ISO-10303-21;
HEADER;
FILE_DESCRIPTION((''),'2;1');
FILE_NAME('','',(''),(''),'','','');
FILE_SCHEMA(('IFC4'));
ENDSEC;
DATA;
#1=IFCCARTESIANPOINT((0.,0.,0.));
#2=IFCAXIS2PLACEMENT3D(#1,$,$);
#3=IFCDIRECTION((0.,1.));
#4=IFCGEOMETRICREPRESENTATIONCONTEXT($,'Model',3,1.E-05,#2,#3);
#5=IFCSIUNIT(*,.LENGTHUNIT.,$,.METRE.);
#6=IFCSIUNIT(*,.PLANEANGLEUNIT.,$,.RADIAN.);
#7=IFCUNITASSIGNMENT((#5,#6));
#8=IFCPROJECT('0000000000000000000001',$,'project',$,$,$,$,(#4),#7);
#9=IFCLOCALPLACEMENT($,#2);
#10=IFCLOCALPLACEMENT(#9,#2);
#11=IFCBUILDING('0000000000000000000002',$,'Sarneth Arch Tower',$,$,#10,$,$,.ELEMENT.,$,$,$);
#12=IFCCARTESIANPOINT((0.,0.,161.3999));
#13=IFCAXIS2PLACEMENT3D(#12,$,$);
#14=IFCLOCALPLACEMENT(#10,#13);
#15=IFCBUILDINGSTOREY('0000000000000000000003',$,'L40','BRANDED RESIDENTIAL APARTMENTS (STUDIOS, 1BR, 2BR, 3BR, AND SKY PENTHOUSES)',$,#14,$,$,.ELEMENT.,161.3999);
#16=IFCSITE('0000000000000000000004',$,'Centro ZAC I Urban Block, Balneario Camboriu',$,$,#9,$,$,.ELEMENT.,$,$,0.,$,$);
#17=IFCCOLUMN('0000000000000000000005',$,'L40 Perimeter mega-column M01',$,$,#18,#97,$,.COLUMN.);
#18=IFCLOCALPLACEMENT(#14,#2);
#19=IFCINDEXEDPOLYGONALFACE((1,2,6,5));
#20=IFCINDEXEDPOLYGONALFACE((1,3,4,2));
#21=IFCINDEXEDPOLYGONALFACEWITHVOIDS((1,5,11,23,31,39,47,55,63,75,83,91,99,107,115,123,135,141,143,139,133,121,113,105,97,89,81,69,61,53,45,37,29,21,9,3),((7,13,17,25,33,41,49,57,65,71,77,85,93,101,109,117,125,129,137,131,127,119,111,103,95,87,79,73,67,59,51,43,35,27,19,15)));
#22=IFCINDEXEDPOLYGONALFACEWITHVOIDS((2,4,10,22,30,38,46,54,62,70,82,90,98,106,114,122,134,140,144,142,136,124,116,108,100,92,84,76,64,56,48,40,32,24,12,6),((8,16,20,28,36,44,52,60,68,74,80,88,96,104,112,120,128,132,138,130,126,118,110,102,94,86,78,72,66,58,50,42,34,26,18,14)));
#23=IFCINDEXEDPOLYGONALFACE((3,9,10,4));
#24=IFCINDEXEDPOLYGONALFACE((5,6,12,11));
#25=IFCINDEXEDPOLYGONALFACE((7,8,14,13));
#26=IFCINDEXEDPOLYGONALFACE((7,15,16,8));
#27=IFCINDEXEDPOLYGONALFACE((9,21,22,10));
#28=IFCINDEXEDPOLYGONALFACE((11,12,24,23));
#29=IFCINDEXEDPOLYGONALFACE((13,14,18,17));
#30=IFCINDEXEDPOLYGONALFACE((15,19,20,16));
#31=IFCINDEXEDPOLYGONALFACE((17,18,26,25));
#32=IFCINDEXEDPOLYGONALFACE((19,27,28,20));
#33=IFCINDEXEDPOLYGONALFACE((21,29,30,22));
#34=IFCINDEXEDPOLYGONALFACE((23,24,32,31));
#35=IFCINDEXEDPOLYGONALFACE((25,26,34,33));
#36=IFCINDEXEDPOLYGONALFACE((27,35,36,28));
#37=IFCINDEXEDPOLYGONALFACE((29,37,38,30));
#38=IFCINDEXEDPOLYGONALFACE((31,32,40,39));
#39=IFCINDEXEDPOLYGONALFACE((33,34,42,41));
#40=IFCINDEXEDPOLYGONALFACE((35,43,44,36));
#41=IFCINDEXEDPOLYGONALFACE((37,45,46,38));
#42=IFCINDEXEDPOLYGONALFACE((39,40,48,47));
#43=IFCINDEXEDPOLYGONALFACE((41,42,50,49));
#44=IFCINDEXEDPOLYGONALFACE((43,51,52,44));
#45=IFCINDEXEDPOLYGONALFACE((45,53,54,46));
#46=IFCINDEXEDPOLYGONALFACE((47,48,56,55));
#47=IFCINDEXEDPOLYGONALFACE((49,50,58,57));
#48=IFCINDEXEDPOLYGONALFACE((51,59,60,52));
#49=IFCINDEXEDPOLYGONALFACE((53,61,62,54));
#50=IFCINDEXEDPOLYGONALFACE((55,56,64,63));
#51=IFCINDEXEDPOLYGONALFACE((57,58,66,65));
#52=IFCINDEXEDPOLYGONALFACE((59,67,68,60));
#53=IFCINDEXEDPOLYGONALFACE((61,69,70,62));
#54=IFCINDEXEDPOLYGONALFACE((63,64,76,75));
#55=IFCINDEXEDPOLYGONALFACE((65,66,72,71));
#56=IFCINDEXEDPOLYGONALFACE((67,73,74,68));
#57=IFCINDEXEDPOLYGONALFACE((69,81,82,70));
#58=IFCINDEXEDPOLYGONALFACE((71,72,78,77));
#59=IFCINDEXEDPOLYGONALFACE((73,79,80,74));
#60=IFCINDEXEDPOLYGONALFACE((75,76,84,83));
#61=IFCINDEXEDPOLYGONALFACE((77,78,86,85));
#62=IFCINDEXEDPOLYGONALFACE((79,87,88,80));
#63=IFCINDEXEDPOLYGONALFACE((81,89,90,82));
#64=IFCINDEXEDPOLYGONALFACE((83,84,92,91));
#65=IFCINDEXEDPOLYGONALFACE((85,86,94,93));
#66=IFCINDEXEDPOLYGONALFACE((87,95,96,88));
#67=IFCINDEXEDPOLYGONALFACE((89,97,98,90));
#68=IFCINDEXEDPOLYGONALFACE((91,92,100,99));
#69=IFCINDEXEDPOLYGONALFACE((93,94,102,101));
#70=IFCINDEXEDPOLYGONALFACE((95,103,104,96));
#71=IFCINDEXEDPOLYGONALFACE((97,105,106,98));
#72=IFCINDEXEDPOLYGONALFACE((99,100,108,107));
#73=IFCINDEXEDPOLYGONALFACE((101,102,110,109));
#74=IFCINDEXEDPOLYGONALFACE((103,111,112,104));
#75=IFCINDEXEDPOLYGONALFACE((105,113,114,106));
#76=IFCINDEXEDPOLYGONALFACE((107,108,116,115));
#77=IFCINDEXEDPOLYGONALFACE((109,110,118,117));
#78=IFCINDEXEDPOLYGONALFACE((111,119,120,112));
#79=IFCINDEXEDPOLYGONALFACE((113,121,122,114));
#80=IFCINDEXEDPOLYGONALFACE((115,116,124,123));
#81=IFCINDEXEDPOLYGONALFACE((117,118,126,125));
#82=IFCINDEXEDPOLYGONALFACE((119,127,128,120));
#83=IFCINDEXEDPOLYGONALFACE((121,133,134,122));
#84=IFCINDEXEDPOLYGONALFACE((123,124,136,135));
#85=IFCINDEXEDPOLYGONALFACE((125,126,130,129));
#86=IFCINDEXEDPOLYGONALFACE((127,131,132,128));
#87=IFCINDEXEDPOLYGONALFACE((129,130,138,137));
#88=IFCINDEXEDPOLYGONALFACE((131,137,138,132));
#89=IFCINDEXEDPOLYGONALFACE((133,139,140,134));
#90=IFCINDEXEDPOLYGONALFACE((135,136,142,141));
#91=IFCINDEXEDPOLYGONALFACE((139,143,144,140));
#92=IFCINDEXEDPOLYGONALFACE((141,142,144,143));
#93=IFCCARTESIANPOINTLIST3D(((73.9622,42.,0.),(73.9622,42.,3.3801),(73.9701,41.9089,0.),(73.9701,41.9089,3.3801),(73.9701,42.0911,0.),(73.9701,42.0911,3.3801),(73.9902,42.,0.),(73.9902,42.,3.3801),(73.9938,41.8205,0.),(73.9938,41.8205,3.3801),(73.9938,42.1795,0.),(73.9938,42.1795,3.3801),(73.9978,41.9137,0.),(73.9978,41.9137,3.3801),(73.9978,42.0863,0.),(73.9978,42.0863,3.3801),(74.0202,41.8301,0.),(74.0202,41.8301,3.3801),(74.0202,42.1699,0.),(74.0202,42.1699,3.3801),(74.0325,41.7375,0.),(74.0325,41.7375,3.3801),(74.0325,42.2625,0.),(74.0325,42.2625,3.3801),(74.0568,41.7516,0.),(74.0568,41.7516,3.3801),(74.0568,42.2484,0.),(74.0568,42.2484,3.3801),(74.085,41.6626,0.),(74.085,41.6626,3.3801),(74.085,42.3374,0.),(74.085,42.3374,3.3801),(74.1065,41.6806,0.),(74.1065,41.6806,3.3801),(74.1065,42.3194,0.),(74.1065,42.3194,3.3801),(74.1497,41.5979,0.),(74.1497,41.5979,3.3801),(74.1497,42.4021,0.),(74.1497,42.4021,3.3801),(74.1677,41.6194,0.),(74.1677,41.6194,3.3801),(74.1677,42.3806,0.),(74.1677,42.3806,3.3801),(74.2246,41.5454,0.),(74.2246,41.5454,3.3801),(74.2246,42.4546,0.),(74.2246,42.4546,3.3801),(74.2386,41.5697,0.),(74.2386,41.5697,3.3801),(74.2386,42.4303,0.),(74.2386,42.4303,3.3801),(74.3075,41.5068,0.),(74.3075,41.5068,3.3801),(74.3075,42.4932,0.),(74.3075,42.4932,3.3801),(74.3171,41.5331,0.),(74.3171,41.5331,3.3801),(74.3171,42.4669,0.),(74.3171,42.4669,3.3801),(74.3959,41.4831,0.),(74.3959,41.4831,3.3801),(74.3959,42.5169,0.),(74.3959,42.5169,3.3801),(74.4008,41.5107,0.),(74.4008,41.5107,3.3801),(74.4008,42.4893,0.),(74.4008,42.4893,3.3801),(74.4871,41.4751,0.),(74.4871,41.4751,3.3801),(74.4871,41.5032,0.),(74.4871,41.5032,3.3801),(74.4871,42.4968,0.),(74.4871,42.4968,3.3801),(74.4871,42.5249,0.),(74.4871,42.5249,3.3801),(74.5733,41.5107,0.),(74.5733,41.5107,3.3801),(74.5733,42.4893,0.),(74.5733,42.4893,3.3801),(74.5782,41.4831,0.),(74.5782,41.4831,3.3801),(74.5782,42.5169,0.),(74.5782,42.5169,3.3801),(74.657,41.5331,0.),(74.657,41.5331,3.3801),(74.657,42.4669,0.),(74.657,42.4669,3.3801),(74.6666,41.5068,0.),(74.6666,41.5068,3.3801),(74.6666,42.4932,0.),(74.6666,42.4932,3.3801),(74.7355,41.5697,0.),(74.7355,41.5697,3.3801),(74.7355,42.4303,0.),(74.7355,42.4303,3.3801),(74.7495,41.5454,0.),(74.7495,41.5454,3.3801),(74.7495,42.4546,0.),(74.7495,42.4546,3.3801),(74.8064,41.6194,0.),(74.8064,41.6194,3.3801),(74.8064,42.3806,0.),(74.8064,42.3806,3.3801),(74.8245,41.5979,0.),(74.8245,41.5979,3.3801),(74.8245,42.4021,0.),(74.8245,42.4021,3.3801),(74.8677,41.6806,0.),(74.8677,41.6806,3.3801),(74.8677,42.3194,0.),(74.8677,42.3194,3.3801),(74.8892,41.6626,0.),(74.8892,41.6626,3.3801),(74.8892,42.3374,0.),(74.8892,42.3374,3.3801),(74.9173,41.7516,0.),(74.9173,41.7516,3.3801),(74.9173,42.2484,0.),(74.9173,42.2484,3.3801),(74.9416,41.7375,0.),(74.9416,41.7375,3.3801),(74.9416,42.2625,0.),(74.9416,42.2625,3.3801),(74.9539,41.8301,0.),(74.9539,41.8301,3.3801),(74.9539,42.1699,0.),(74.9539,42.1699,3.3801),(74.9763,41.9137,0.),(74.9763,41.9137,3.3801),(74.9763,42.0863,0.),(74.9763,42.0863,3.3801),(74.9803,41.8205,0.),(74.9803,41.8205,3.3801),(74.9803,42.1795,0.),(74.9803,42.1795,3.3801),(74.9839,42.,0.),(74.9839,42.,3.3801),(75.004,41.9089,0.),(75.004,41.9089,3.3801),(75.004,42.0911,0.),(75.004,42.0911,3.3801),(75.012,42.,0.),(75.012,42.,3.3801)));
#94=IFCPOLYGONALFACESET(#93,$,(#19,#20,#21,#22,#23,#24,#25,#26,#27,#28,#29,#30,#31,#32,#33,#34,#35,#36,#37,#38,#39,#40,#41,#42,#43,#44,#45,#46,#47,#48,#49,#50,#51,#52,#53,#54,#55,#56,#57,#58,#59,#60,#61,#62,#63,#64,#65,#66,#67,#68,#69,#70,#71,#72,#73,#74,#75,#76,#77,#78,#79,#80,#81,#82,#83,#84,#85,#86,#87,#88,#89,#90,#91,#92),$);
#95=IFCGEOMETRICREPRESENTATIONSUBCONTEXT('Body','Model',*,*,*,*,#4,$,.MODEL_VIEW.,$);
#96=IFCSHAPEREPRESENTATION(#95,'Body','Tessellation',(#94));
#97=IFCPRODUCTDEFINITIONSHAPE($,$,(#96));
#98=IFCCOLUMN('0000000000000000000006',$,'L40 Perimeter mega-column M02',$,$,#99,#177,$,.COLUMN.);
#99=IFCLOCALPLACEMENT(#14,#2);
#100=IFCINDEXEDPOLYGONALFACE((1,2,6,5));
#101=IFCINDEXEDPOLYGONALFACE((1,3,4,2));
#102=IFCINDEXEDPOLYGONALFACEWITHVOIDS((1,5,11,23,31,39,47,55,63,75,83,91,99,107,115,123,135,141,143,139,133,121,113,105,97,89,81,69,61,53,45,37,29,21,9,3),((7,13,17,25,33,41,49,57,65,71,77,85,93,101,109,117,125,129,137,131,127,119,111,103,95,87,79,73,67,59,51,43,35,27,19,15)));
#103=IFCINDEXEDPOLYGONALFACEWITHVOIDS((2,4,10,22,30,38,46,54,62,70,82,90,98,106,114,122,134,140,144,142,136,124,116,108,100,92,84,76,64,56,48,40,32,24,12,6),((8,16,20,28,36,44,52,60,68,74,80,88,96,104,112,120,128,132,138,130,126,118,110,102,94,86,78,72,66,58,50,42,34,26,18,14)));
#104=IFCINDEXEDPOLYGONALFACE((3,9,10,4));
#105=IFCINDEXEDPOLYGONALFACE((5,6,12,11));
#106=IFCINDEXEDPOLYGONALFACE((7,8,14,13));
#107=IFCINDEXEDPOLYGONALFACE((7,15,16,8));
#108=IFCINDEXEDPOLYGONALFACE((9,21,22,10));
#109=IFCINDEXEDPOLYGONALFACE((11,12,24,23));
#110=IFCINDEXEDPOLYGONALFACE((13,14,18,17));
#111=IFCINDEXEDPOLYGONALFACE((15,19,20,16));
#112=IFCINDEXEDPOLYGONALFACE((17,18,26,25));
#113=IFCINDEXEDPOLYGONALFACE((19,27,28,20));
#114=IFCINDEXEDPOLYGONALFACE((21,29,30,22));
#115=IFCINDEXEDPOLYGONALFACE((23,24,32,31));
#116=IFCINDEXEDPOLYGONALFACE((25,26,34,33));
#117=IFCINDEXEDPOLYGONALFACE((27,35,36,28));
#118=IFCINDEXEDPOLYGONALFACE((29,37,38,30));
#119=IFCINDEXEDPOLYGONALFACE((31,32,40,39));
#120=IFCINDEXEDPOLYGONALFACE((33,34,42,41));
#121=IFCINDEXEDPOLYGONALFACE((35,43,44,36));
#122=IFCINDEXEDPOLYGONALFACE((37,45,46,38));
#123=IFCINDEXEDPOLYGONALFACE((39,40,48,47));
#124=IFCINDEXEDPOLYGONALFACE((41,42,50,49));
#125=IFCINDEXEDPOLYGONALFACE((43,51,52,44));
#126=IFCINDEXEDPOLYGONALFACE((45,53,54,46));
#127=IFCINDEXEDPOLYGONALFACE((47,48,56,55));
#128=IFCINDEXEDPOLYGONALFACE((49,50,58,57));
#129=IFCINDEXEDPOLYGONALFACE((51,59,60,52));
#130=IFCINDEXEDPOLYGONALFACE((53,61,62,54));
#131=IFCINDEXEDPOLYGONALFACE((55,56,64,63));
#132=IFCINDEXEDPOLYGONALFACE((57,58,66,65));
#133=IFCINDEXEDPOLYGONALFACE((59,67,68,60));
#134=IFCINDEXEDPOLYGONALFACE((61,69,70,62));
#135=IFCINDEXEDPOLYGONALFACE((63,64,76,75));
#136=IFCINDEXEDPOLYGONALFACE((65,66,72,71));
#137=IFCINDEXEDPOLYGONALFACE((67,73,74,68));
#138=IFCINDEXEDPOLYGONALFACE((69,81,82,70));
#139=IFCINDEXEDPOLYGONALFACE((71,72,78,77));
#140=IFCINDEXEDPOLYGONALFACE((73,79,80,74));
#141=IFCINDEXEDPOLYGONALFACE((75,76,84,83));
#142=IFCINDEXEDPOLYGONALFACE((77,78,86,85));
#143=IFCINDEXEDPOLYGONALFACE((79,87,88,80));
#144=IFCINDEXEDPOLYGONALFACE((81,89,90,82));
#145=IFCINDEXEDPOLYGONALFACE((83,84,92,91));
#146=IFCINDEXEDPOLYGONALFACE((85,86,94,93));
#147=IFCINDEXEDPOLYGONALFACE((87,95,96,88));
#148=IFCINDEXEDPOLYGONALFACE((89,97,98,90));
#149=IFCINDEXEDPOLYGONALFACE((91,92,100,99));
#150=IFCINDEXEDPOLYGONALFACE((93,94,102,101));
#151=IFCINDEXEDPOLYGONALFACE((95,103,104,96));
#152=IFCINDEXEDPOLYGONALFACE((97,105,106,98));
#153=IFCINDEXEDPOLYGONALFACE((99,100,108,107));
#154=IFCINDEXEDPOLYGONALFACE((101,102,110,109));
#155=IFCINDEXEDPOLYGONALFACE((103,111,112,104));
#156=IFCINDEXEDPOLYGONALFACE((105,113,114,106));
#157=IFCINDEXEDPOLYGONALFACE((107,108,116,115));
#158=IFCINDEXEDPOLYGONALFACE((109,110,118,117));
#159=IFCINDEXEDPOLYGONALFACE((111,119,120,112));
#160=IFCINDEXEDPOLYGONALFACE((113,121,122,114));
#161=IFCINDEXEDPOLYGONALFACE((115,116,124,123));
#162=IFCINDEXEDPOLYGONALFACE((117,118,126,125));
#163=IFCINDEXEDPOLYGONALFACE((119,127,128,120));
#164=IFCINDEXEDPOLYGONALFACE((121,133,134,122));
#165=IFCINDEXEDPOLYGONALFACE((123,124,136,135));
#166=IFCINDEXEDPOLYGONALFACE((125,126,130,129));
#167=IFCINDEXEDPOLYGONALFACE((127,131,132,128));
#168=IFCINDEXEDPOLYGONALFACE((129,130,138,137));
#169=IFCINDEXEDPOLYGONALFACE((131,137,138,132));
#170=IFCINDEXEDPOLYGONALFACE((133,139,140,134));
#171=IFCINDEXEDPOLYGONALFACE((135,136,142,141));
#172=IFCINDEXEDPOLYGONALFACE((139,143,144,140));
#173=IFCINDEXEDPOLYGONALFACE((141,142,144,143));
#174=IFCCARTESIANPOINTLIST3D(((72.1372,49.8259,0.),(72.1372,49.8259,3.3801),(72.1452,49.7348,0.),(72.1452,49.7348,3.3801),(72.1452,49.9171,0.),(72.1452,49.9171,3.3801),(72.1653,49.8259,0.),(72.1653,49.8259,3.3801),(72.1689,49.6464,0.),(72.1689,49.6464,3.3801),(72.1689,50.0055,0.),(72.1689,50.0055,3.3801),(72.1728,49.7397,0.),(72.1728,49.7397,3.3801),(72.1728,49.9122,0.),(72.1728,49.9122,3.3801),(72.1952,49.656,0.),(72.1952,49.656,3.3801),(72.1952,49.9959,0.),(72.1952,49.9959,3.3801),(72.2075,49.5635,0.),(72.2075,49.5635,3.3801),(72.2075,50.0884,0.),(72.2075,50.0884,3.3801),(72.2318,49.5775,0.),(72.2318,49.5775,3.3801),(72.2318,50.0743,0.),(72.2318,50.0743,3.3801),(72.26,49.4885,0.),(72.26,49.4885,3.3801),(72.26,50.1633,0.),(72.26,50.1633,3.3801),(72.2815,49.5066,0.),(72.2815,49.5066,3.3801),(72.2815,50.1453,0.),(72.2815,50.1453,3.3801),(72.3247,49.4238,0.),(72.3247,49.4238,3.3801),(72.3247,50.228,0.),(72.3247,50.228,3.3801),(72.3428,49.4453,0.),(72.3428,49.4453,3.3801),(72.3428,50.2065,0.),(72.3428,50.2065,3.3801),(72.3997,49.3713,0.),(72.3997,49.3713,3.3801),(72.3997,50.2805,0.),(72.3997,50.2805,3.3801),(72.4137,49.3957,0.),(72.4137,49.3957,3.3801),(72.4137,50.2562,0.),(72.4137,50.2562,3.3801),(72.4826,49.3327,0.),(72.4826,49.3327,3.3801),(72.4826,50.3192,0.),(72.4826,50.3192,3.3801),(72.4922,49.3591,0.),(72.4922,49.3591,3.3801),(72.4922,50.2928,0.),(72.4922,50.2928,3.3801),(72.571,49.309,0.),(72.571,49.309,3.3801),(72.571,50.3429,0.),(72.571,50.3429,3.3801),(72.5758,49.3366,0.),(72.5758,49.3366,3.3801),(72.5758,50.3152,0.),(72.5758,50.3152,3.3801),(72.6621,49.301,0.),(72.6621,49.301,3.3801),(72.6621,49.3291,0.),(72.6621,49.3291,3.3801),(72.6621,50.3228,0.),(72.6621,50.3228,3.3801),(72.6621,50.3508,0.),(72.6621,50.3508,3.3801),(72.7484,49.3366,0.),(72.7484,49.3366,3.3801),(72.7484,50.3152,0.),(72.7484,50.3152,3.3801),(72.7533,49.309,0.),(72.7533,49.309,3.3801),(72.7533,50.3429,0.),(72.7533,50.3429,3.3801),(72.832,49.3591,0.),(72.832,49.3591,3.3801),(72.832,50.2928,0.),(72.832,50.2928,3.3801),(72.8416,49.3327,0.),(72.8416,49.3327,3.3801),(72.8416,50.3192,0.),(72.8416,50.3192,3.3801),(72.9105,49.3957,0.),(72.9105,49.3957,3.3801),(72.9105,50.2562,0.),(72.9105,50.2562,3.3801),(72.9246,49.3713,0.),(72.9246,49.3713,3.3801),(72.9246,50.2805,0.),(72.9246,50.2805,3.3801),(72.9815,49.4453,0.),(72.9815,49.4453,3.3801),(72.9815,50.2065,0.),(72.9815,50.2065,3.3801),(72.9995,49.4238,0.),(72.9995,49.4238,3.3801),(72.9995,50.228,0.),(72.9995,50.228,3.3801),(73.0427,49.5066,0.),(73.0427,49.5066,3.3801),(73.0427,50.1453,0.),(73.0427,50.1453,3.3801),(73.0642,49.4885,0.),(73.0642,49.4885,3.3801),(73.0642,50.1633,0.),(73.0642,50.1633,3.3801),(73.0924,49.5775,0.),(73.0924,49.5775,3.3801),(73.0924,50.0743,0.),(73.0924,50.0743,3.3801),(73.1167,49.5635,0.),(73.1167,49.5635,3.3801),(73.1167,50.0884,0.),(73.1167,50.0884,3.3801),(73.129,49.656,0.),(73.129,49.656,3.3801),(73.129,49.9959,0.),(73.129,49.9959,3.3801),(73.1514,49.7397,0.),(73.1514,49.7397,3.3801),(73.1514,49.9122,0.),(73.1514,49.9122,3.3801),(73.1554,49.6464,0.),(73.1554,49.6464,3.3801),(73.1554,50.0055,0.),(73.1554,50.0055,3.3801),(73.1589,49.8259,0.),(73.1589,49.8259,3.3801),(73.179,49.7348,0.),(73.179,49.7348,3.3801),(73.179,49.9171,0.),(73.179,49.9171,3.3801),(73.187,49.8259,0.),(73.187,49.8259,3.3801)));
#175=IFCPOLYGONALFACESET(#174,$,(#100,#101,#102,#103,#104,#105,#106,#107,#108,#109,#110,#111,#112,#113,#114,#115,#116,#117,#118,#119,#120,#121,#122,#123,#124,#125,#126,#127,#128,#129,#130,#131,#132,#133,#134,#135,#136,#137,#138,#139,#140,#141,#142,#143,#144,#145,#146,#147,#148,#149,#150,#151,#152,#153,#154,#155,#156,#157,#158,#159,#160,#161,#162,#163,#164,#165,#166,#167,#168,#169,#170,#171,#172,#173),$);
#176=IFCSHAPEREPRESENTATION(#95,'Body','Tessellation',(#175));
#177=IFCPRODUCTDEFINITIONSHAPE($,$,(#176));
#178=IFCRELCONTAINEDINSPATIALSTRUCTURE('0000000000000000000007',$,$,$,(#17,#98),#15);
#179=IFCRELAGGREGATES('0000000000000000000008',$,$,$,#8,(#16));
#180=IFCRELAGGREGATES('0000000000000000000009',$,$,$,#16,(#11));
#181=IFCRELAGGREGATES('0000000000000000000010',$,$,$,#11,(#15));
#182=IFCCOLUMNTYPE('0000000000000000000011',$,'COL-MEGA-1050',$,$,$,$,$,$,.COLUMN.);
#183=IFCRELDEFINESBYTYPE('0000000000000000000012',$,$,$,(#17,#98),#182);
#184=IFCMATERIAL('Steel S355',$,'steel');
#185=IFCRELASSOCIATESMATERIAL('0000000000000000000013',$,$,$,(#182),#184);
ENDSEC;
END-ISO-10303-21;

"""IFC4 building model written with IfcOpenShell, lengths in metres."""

from ifc_helpers import new_model, si_unit, direction, frame, origin, origin_2d, place, context, subcontext, project, spatial, hollow_circle, extrude, material, material_profile, profile_set, type_object, element, save


model = new_model("IFC4")

# Units and contexts
model_context = context("Model", 3, precision=1e-05, world=origin(), true_north=direction((0.0, 1.0)))
body_context = subcontext(model_context, "Body", "Model", "MODEL_VIEW")
ifc_project = project(units=[si_unit("LENGTHUNIT", "METRE"), si_unit("PLANEANGLEUNIT", "RADIAN")], contexts=[model_context])

# Site, building, storey
site_placement = place(None, origin())
site = spatial("IfcSite", under=ifc_project, at=site_placement, Name="Centro ZAC I Urban Block, Balneario Camboriu", CompositionType="ELEMENT", RefElevation=0.0)
building_placement = place(site_placement, origin())
building = spatial("IfcBuilding", under=site, at=building_placement, Name="Sarneth Arch Tower", CompositionType="ELEMENT")
storey_placement = place(building_placement, frame((0.0, 0.0, 161.3999)))
storey = spatial("IfcBuildingStorey", under=building, at=storey_placement, Name="L40", Description="BRANDED RESIDENTIAL APARTMENTS (STUDIOS, 1BR, 2BR, 3BR, AND SKY PENTHOUSES)", CompositionType="ELEMENT", Elevation=161.3999)

# Columns
ifc_material_1 = material(Name="Steel S355", Category="steel")
ifc_material_profile_1 = material_profile(ifc_material_1, hollow_circle(Radius=0.5249, WallThickness=0.0281, at=origin_2d()), Name="CHS1050x28")
ifc_profile_set_1 = profile_set([ifc_material_profile_1], Name="Steel S355")
column_type = type_object("IfcColumnType", Name="COL-MEGA-1050", PredefinedType="COLUMN", material=ifc_profile_set_1)
for number, where, z_axis, x_axis, name in (
    (1, (74.4871, 42.0, 0.0), (0.0, 0.0, 1.0), (1.0, 0.0, 0.0), "L40 Perimeter mega-column M01"),
    (2, (72.6621, 49.8259, 0.0), (0.0, 0.0, 1.0), (1.0, 0.0, 0.0), "L40 Perimeter mega-column M02"),
):
    element("IfcColumn", number, at=place(storey_placement, frame(where, z_axis=z_axis, x_axis=x_axis)), inside=storey, type_object=column_type, Name=name, PredefinedType="COLUMN", context=body_context, shape_type="SweptSolid", body=[
        extrude(hollow_circle(Radius=0.5249, WallThickness=0.0281, at=origin_2d()), origin(), (0.0, 0.0, 1.0), 3.3801),
    ])

save(model, "model.ifc")
